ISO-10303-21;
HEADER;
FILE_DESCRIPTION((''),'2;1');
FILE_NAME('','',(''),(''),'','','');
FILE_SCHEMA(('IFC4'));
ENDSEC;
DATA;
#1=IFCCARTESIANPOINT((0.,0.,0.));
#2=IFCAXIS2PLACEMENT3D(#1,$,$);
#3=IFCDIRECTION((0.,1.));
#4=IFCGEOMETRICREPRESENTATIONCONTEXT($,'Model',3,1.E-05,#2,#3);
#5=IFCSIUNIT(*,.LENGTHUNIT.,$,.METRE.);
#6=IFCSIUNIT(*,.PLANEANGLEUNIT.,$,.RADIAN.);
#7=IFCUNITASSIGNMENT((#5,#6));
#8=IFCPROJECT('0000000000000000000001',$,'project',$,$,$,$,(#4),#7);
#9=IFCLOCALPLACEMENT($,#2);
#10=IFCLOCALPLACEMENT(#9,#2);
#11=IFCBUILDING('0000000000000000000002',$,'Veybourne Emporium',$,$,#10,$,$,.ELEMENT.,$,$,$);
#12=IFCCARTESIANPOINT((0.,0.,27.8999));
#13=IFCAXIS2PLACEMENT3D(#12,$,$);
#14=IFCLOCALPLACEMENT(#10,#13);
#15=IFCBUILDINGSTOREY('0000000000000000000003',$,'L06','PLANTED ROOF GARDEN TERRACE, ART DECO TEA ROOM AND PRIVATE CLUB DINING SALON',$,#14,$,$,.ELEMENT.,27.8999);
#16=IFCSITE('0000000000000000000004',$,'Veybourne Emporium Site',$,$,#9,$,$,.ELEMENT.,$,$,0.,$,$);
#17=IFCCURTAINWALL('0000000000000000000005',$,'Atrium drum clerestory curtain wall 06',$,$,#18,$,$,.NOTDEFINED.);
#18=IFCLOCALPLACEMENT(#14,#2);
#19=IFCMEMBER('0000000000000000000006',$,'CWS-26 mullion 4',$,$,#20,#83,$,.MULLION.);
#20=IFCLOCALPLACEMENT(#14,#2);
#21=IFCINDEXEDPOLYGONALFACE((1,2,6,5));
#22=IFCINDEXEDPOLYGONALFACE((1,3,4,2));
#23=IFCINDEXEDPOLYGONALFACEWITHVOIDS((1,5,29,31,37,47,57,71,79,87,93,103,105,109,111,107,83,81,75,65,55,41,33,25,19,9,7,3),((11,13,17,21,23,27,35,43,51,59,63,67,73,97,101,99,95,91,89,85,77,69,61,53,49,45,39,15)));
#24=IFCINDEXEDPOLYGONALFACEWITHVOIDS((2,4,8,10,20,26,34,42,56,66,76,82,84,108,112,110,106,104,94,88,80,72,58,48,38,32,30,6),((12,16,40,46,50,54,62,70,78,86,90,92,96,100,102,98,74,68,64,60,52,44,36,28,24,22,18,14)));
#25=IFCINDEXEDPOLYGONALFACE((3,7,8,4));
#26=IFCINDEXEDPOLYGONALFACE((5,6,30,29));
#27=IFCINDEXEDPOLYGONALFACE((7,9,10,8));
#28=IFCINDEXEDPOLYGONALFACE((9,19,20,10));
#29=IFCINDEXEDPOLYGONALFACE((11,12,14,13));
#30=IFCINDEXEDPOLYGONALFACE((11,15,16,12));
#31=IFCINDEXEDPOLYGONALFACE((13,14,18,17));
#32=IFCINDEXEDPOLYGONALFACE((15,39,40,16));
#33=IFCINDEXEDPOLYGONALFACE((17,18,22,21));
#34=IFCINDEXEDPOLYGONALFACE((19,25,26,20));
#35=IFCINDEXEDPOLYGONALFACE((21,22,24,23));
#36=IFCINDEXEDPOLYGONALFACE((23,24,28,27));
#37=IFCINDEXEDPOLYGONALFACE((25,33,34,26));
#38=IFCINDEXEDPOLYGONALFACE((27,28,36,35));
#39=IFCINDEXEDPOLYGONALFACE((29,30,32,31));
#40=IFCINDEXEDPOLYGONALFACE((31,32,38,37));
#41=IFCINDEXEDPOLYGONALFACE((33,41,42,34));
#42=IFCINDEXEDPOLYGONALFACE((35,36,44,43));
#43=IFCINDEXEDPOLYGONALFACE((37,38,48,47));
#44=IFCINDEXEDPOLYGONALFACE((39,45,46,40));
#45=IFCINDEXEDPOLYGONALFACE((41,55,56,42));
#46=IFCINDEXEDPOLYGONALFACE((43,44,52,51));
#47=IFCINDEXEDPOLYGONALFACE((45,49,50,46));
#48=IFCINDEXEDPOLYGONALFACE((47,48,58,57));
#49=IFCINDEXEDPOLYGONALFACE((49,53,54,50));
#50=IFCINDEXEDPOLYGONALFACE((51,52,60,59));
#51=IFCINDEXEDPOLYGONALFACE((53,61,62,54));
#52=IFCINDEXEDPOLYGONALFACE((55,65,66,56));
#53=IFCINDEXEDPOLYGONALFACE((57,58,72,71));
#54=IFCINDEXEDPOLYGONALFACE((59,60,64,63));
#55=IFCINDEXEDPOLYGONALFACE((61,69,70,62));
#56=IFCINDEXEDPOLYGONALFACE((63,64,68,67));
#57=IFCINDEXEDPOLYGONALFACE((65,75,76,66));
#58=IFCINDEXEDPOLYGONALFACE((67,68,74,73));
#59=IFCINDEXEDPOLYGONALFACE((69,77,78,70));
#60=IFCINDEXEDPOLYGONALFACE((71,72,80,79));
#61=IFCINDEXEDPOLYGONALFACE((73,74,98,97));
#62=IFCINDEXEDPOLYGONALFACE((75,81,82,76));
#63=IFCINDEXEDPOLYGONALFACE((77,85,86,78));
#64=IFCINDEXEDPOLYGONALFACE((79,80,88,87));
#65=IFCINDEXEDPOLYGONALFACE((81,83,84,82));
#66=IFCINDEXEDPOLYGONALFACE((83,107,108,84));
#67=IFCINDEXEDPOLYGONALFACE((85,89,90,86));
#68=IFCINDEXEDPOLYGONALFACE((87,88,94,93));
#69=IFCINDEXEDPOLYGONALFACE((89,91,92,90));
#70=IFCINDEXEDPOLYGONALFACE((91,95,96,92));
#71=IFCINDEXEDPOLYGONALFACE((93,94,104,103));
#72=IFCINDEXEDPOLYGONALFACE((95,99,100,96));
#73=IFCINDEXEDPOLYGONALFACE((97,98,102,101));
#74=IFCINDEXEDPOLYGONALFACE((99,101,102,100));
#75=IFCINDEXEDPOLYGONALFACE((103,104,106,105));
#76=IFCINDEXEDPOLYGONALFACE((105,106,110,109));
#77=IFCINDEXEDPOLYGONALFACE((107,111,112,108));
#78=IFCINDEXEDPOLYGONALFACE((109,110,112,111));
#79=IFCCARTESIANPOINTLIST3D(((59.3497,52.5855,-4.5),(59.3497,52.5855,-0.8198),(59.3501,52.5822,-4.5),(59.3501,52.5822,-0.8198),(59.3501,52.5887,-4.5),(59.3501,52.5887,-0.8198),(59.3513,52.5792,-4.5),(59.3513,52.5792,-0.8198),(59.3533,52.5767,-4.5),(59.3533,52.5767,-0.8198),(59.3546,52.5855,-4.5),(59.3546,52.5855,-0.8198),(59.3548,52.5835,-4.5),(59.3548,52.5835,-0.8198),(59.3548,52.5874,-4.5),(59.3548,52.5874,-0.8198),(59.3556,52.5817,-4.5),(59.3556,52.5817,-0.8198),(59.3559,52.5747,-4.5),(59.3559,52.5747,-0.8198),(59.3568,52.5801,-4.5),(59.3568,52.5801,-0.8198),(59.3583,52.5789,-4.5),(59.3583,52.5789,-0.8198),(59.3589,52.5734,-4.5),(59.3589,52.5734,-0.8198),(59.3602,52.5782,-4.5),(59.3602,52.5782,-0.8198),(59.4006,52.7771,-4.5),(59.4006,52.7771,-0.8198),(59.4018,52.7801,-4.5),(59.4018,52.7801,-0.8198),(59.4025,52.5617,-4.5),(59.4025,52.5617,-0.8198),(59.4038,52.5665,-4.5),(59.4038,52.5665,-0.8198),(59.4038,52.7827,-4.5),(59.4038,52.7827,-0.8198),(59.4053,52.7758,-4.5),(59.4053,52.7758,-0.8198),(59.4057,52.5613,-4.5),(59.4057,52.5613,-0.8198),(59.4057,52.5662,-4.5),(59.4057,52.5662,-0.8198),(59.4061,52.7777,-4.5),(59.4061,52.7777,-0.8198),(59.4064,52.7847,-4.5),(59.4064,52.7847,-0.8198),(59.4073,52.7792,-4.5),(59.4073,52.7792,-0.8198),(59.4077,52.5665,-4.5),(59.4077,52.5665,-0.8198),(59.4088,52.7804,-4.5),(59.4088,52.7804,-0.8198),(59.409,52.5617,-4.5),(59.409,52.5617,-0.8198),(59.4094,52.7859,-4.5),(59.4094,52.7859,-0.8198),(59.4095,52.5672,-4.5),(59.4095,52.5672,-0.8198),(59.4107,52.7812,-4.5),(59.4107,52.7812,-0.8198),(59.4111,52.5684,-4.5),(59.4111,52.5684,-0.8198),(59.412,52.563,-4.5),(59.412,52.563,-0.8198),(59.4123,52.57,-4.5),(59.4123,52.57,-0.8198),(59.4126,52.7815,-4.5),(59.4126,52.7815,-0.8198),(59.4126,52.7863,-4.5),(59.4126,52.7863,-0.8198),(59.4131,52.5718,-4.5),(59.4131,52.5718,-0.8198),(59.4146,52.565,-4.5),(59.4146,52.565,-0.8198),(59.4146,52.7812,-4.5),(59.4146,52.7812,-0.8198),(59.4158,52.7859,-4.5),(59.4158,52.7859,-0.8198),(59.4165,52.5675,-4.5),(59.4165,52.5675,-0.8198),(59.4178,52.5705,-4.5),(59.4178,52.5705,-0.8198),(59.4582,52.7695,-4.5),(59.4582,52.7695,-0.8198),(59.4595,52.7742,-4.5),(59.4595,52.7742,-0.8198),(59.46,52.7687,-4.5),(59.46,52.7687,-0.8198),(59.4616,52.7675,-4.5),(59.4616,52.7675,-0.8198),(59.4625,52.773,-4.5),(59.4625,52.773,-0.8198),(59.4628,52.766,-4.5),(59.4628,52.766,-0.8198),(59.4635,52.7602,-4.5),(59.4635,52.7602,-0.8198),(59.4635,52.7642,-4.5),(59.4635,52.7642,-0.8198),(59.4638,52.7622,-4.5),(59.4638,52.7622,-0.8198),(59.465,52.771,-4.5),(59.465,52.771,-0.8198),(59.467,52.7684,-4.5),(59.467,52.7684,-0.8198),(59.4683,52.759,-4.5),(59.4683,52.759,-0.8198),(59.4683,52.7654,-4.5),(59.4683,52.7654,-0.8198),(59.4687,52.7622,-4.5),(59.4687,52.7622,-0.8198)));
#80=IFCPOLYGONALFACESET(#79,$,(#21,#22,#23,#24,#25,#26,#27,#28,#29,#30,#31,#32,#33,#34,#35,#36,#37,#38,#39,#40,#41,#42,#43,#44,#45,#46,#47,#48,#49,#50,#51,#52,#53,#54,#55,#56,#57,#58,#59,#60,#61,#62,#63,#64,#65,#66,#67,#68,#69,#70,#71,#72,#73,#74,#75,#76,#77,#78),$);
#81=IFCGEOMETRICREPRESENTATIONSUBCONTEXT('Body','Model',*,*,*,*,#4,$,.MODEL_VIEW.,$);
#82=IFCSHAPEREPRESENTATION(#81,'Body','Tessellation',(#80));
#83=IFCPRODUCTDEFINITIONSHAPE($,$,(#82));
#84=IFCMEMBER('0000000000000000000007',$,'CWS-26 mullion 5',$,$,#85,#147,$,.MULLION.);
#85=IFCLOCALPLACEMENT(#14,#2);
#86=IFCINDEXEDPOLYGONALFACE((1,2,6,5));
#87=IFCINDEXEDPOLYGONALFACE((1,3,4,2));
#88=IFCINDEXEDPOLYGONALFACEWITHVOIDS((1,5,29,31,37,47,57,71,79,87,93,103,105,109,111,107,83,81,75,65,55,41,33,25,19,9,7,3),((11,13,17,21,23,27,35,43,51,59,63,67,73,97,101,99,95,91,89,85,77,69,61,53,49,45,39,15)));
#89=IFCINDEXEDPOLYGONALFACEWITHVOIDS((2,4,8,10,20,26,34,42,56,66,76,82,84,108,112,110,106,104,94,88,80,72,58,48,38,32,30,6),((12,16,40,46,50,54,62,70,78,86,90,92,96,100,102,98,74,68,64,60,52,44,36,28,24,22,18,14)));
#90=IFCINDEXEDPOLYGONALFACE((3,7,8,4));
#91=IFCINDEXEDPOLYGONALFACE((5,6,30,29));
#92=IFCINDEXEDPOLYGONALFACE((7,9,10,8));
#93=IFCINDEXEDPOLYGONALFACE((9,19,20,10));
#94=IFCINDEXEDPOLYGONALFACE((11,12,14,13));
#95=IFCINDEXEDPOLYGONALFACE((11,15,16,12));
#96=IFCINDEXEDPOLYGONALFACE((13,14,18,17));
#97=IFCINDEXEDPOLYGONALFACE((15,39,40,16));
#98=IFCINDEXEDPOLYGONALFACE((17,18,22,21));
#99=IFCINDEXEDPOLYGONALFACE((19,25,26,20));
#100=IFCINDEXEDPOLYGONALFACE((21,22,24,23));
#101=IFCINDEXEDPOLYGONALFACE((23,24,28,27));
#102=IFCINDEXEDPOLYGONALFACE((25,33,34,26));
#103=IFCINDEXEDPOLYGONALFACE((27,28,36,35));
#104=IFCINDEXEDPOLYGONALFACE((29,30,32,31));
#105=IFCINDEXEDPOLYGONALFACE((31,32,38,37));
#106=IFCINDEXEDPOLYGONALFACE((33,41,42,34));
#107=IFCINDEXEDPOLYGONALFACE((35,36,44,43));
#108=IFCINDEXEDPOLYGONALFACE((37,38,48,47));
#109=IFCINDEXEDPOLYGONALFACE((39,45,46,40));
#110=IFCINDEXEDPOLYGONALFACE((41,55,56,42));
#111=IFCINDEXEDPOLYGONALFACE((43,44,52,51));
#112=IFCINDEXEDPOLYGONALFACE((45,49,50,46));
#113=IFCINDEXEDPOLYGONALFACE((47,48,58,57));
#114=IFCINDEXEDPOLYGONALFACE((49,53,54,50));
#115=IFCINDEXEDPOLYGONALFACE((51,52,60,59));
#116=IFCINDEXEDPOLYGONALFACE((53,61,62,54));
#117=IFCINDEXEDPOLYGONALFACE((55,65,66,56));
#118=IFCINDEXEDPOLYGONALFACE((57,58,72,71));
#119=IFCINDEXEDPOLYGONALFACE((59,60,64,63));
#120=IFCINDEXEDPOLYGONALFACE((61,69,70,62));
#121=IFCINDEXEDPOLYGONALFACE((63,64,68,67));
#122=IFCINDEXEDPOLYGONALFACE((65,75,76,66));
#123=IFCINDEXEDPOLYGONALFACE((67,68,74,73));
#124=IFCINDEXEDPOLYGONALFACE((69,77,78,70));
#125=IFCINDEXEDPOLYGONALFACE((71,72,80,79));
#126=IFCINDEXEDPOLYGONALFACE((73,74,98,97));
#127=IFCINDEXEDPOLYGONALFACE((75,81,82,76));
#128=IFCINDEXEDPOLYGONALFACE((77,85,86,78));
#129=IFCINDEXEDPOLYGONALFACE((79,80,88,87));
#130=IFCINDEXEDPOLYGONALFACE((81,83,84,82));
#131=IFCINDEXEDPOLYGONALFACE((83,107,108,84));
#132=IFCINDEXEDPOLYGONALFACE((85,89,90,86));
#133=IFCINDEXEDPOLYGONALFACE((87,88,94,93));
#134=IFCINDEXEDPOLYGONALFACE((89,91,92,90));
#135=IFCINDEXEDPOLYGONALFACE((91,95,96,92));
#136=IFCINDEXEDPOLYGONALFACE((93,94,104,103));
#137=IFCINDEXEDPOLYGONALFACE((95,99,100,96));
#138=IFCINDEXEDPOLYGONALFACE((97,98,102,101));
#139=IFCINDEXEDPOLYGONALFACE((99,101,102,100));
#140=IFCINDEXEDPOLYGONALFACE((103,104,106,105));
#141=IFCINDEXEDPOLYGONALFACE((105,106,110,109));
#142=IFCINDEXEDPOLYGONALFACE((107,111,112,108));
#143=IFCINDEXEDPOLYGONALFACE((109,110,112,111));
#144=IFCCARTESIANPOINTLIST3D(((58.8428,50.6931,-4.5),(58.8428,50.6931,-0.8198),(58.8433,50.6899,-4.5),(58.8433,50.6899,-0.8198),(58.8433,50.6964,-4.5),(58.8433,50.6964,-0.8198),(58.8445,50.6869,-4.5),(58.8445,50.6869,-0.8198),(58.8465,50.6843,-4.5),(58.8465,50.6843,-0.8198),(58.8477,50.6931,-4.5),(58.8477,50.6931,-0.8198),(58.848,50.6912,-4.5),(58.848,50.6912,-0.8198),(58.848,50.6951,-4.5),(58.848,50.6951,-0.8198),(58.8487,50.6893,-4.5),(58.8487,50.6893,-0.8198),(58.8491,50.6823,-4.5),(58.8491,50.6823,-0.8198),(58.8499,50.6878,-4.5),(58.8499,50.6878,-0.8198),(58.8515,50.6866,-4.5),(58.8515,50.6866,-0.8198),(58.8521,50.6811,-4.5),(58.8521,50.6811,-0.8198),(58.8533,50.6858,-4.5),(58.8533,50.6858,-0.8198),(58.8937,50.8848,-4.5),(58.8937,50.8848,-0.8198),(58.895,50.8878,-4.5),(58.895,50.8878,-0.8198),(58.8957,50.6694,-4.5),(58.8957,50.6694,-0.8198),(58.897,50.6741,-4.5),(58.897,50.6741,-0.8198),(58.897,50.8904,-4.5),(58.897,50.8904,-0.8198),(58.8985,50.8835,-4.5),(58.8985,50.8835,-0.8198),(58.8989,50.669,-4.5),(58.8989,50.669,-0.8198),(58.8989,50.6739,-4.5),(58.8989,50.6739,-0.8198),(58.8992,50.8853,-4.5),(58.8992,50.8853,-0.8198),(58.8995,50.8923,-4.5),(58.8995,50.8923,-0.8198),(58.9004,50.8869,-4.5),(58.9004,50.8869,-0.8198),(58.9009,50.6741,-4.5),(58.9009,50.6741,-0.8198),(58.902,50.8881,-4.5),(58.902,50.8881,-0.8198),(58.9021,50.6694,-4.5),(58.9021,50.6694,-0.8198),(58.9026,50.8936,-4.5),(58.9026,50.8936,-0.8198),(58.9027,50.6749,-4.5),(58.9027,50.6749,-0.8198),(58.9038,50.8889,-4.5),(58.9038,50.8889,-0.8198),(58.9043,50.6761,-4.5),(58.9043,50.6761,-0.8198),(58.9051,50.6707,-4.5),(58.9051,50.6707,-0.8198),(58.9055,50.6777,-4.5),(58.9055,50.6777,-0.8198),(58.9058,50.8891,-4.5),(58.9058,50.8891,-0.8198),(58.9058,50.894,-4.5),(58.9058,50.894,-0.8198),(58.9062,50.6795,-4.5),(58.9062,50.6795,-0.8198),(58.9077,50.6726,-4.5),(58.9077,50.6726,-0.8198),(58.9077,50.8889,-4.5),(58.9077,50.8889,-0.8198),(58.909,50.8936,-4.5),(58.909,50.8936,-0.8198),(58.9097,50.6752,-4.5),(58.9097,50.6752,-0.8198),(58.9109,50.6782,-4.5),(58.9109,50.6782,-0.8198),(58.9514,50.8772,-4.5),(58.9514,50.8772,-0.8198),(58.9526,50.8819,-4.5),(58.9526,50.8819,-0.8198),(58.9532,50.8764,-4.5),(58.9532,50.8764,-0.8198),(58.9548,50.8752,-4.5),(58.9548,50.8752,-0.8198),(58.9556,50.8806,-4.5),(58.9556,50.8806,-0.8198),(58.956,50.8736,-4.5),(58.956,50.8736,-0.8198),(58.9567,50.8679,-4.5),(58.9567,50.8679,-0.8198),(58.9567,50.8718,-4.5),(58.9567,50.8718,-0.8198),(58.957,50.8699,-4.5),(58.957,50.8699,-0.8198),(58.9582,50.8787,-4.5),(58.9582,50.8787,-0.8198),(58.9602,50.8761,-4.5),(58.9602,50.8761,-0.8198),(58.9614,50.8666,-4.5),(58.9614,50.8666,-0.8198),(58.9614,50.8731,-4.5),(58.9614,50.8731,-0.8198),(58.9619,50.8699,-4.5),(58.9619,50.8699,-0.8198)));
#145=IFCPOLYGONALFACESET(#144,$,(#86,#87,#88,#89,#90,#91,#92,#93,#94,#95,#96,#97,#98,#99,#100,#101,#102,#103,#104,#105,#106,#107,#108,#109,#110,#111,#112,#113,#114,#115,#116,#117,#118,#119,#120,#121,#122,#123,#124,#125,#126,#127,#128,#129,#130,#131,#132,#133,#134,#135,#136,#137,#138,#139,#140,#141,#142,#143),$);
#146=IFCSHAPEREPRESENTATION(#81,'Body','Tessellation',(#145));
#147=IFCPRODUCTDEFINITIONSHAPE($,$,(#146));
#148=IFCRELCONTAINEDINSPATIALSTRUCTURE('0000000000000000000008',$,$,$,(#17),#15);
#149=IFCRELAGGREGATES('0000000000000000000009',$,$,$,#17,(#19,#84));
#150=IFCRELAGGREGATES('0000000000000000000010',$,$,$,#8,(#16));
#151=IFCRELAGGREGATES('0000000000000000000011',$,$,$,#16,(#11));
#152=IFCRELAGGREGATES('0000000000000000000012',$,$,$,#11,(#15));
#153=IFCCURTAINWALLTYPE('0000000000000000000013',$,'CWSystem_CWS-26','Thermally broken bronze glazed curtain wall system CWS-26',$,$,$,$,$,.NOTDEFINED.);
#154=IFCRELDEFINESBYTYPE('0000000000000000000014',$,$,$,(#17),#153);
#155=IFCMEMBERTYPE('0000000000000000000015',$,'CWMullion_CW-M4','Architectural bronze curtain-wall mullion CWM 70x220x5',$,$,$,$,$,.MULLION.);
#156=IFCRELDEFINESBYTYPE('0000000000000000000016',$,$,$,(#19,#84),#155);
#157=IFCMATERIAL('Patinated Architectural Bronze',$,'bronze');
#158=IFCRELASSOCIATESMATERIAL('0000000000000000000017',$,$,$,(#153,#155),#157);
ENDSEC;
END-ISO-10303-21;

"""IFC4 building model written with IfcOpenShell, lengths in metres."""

from ifc_helpers import new_model, si_unit, direction, frame, origin, origin_2d, place, context, subcontext, project, spatial, hollow_rectangle, extrude, material, material_profile, profile_set, type_object, element, aggregate, save


model = new_model("IFC4")

# Units and contexts
model_context = context("Model", 3, precision=1e-05, world=origin(), true_north=direction((0.0, 1.0)))
body_context = subcontext(model_context, "Body", "Model", "MODEL_VIEW")
ifc_project = project(units=[si_unit("LENGTHUNIT", "METRE"), si_unit("PLANEANGLEUNIT", "RADIAN")], contexts=[model_context])

# Site, building, storey
site_placement = place(None, origin())
site = spatial("IfcSite", under=ifc_project, at=site_placement, Name="Veybourne Emporium Site", CompositionType="ELEMENT", RefElevation=0.0)
building_placement = place(site_placement, origin())
building = spatial("IfcBuilding", under=site, at=building_placement, Name="Veybourne Emporium", CompositionType="ELEMENT")
storey_placement = place(building_placement, frame((0.0, 0.0, 27.8999)))
storey = spatial("IfcBuildingStorey", under=building, at=storey_placement, Name="L06", Description="PLANTED ROOF GARDEN TERRACE, ART DECO TEA ROOM AND PRIVATE CLUB DINING SALON", CompositionType="ELEMENT", Elevation=27.8999)

# Curtain wall, members
ifc_material_1 = material(Name="Patinated Architectural Bronze", Category="bronze")
curtain_wall_type_1 = type_object("IfcCurtainWallType", Name="CWSystem_CWS-26", Description="Thermally broken bronze glazed curtain wall system CWS-26", PredefinedType="NOTDEFINED", material=ifc_material_1)
curtain_wall_1_placement = place(storey_placement, origin())
curtain_wall_1 = element("IfcCurtainWall", 1, at=curtain_wall_1_placement, inside=storey, type_object=curtain_wall_type_1, Name="Atrium drum clerestory curtain wall 06", PredefinedType="NOTDEFINED")
ifc_material_profile_1 = material_profile(ifc_material_1, hollow_rectangle(XDim=0.0701, YDim=0.22, WallThickness=0.0049, InnerFilletRadius=0.0076, OuterFilletRadius=0.0125, at=origin_2d()), Name="CWM 70x220x5")
ifc_profile_set_1 = profile_set([ifc_material_profile_1], Name="Patinated Architectural Bronze")
member_type_1 = type_object("IfcMemberType", Name="CWMullion_CW-M4", Description="Architectural bronze curtain-wall mullion CWM 70x220x5", PredefinedType="MULLION", material=ifc_profile_set_1)
member_1_placement = place(storey_placement, frame((59.4092, 52.6738, -4.5), z_axis=(0.0, 0.0, 1.0), x_axis=(0.965926, -0.25882, 0.0)))
member_1 = element("IfcMember", 2, at=member_1_placement, type_object=member_type_1, Name="CWS-26 mullion 4", PredefinedType="MULLION", context=body_context, shape_type="SweptSolid", body=[
    extrude(hollow_rectangle(XDim=0.0701, YDim=0.22, WallThickness=0.0049, InnerFilletRadius=0.0076, OuterFilletRadius=0.0125, at=origin_2d()), origin(), (0.0, 0.0, 1.0), 3.6802),
])
member_2_placement = place(storey_placement, frame((58.9023, 50.7815, -4.5), z_axis=(0.0, 0.0, 1.0), x_axis=(0.965926, -0.25882, 0.0)))
member_2 = element("IfcMember", 3, at=member_2_placement, type_object=member_type_1, Name="CWS-26 mullion 5", PredefinedType="MULLION", context=body_context, shape_type="SweptSolid", body=[
    extrude(hollow_rectangle(XDim=0.0701, YDim=0.22, WallThickness=0.0049, InnerFilletRadius=0.0076, OuterFilletRadius=0.0125, at=origin_2d()), origin(), (0.0, 0.0, 1.0), 3.6802),
])

aggregate(curtain_wall_1, [member_1, member_2])

save(model, "model.ifc")
